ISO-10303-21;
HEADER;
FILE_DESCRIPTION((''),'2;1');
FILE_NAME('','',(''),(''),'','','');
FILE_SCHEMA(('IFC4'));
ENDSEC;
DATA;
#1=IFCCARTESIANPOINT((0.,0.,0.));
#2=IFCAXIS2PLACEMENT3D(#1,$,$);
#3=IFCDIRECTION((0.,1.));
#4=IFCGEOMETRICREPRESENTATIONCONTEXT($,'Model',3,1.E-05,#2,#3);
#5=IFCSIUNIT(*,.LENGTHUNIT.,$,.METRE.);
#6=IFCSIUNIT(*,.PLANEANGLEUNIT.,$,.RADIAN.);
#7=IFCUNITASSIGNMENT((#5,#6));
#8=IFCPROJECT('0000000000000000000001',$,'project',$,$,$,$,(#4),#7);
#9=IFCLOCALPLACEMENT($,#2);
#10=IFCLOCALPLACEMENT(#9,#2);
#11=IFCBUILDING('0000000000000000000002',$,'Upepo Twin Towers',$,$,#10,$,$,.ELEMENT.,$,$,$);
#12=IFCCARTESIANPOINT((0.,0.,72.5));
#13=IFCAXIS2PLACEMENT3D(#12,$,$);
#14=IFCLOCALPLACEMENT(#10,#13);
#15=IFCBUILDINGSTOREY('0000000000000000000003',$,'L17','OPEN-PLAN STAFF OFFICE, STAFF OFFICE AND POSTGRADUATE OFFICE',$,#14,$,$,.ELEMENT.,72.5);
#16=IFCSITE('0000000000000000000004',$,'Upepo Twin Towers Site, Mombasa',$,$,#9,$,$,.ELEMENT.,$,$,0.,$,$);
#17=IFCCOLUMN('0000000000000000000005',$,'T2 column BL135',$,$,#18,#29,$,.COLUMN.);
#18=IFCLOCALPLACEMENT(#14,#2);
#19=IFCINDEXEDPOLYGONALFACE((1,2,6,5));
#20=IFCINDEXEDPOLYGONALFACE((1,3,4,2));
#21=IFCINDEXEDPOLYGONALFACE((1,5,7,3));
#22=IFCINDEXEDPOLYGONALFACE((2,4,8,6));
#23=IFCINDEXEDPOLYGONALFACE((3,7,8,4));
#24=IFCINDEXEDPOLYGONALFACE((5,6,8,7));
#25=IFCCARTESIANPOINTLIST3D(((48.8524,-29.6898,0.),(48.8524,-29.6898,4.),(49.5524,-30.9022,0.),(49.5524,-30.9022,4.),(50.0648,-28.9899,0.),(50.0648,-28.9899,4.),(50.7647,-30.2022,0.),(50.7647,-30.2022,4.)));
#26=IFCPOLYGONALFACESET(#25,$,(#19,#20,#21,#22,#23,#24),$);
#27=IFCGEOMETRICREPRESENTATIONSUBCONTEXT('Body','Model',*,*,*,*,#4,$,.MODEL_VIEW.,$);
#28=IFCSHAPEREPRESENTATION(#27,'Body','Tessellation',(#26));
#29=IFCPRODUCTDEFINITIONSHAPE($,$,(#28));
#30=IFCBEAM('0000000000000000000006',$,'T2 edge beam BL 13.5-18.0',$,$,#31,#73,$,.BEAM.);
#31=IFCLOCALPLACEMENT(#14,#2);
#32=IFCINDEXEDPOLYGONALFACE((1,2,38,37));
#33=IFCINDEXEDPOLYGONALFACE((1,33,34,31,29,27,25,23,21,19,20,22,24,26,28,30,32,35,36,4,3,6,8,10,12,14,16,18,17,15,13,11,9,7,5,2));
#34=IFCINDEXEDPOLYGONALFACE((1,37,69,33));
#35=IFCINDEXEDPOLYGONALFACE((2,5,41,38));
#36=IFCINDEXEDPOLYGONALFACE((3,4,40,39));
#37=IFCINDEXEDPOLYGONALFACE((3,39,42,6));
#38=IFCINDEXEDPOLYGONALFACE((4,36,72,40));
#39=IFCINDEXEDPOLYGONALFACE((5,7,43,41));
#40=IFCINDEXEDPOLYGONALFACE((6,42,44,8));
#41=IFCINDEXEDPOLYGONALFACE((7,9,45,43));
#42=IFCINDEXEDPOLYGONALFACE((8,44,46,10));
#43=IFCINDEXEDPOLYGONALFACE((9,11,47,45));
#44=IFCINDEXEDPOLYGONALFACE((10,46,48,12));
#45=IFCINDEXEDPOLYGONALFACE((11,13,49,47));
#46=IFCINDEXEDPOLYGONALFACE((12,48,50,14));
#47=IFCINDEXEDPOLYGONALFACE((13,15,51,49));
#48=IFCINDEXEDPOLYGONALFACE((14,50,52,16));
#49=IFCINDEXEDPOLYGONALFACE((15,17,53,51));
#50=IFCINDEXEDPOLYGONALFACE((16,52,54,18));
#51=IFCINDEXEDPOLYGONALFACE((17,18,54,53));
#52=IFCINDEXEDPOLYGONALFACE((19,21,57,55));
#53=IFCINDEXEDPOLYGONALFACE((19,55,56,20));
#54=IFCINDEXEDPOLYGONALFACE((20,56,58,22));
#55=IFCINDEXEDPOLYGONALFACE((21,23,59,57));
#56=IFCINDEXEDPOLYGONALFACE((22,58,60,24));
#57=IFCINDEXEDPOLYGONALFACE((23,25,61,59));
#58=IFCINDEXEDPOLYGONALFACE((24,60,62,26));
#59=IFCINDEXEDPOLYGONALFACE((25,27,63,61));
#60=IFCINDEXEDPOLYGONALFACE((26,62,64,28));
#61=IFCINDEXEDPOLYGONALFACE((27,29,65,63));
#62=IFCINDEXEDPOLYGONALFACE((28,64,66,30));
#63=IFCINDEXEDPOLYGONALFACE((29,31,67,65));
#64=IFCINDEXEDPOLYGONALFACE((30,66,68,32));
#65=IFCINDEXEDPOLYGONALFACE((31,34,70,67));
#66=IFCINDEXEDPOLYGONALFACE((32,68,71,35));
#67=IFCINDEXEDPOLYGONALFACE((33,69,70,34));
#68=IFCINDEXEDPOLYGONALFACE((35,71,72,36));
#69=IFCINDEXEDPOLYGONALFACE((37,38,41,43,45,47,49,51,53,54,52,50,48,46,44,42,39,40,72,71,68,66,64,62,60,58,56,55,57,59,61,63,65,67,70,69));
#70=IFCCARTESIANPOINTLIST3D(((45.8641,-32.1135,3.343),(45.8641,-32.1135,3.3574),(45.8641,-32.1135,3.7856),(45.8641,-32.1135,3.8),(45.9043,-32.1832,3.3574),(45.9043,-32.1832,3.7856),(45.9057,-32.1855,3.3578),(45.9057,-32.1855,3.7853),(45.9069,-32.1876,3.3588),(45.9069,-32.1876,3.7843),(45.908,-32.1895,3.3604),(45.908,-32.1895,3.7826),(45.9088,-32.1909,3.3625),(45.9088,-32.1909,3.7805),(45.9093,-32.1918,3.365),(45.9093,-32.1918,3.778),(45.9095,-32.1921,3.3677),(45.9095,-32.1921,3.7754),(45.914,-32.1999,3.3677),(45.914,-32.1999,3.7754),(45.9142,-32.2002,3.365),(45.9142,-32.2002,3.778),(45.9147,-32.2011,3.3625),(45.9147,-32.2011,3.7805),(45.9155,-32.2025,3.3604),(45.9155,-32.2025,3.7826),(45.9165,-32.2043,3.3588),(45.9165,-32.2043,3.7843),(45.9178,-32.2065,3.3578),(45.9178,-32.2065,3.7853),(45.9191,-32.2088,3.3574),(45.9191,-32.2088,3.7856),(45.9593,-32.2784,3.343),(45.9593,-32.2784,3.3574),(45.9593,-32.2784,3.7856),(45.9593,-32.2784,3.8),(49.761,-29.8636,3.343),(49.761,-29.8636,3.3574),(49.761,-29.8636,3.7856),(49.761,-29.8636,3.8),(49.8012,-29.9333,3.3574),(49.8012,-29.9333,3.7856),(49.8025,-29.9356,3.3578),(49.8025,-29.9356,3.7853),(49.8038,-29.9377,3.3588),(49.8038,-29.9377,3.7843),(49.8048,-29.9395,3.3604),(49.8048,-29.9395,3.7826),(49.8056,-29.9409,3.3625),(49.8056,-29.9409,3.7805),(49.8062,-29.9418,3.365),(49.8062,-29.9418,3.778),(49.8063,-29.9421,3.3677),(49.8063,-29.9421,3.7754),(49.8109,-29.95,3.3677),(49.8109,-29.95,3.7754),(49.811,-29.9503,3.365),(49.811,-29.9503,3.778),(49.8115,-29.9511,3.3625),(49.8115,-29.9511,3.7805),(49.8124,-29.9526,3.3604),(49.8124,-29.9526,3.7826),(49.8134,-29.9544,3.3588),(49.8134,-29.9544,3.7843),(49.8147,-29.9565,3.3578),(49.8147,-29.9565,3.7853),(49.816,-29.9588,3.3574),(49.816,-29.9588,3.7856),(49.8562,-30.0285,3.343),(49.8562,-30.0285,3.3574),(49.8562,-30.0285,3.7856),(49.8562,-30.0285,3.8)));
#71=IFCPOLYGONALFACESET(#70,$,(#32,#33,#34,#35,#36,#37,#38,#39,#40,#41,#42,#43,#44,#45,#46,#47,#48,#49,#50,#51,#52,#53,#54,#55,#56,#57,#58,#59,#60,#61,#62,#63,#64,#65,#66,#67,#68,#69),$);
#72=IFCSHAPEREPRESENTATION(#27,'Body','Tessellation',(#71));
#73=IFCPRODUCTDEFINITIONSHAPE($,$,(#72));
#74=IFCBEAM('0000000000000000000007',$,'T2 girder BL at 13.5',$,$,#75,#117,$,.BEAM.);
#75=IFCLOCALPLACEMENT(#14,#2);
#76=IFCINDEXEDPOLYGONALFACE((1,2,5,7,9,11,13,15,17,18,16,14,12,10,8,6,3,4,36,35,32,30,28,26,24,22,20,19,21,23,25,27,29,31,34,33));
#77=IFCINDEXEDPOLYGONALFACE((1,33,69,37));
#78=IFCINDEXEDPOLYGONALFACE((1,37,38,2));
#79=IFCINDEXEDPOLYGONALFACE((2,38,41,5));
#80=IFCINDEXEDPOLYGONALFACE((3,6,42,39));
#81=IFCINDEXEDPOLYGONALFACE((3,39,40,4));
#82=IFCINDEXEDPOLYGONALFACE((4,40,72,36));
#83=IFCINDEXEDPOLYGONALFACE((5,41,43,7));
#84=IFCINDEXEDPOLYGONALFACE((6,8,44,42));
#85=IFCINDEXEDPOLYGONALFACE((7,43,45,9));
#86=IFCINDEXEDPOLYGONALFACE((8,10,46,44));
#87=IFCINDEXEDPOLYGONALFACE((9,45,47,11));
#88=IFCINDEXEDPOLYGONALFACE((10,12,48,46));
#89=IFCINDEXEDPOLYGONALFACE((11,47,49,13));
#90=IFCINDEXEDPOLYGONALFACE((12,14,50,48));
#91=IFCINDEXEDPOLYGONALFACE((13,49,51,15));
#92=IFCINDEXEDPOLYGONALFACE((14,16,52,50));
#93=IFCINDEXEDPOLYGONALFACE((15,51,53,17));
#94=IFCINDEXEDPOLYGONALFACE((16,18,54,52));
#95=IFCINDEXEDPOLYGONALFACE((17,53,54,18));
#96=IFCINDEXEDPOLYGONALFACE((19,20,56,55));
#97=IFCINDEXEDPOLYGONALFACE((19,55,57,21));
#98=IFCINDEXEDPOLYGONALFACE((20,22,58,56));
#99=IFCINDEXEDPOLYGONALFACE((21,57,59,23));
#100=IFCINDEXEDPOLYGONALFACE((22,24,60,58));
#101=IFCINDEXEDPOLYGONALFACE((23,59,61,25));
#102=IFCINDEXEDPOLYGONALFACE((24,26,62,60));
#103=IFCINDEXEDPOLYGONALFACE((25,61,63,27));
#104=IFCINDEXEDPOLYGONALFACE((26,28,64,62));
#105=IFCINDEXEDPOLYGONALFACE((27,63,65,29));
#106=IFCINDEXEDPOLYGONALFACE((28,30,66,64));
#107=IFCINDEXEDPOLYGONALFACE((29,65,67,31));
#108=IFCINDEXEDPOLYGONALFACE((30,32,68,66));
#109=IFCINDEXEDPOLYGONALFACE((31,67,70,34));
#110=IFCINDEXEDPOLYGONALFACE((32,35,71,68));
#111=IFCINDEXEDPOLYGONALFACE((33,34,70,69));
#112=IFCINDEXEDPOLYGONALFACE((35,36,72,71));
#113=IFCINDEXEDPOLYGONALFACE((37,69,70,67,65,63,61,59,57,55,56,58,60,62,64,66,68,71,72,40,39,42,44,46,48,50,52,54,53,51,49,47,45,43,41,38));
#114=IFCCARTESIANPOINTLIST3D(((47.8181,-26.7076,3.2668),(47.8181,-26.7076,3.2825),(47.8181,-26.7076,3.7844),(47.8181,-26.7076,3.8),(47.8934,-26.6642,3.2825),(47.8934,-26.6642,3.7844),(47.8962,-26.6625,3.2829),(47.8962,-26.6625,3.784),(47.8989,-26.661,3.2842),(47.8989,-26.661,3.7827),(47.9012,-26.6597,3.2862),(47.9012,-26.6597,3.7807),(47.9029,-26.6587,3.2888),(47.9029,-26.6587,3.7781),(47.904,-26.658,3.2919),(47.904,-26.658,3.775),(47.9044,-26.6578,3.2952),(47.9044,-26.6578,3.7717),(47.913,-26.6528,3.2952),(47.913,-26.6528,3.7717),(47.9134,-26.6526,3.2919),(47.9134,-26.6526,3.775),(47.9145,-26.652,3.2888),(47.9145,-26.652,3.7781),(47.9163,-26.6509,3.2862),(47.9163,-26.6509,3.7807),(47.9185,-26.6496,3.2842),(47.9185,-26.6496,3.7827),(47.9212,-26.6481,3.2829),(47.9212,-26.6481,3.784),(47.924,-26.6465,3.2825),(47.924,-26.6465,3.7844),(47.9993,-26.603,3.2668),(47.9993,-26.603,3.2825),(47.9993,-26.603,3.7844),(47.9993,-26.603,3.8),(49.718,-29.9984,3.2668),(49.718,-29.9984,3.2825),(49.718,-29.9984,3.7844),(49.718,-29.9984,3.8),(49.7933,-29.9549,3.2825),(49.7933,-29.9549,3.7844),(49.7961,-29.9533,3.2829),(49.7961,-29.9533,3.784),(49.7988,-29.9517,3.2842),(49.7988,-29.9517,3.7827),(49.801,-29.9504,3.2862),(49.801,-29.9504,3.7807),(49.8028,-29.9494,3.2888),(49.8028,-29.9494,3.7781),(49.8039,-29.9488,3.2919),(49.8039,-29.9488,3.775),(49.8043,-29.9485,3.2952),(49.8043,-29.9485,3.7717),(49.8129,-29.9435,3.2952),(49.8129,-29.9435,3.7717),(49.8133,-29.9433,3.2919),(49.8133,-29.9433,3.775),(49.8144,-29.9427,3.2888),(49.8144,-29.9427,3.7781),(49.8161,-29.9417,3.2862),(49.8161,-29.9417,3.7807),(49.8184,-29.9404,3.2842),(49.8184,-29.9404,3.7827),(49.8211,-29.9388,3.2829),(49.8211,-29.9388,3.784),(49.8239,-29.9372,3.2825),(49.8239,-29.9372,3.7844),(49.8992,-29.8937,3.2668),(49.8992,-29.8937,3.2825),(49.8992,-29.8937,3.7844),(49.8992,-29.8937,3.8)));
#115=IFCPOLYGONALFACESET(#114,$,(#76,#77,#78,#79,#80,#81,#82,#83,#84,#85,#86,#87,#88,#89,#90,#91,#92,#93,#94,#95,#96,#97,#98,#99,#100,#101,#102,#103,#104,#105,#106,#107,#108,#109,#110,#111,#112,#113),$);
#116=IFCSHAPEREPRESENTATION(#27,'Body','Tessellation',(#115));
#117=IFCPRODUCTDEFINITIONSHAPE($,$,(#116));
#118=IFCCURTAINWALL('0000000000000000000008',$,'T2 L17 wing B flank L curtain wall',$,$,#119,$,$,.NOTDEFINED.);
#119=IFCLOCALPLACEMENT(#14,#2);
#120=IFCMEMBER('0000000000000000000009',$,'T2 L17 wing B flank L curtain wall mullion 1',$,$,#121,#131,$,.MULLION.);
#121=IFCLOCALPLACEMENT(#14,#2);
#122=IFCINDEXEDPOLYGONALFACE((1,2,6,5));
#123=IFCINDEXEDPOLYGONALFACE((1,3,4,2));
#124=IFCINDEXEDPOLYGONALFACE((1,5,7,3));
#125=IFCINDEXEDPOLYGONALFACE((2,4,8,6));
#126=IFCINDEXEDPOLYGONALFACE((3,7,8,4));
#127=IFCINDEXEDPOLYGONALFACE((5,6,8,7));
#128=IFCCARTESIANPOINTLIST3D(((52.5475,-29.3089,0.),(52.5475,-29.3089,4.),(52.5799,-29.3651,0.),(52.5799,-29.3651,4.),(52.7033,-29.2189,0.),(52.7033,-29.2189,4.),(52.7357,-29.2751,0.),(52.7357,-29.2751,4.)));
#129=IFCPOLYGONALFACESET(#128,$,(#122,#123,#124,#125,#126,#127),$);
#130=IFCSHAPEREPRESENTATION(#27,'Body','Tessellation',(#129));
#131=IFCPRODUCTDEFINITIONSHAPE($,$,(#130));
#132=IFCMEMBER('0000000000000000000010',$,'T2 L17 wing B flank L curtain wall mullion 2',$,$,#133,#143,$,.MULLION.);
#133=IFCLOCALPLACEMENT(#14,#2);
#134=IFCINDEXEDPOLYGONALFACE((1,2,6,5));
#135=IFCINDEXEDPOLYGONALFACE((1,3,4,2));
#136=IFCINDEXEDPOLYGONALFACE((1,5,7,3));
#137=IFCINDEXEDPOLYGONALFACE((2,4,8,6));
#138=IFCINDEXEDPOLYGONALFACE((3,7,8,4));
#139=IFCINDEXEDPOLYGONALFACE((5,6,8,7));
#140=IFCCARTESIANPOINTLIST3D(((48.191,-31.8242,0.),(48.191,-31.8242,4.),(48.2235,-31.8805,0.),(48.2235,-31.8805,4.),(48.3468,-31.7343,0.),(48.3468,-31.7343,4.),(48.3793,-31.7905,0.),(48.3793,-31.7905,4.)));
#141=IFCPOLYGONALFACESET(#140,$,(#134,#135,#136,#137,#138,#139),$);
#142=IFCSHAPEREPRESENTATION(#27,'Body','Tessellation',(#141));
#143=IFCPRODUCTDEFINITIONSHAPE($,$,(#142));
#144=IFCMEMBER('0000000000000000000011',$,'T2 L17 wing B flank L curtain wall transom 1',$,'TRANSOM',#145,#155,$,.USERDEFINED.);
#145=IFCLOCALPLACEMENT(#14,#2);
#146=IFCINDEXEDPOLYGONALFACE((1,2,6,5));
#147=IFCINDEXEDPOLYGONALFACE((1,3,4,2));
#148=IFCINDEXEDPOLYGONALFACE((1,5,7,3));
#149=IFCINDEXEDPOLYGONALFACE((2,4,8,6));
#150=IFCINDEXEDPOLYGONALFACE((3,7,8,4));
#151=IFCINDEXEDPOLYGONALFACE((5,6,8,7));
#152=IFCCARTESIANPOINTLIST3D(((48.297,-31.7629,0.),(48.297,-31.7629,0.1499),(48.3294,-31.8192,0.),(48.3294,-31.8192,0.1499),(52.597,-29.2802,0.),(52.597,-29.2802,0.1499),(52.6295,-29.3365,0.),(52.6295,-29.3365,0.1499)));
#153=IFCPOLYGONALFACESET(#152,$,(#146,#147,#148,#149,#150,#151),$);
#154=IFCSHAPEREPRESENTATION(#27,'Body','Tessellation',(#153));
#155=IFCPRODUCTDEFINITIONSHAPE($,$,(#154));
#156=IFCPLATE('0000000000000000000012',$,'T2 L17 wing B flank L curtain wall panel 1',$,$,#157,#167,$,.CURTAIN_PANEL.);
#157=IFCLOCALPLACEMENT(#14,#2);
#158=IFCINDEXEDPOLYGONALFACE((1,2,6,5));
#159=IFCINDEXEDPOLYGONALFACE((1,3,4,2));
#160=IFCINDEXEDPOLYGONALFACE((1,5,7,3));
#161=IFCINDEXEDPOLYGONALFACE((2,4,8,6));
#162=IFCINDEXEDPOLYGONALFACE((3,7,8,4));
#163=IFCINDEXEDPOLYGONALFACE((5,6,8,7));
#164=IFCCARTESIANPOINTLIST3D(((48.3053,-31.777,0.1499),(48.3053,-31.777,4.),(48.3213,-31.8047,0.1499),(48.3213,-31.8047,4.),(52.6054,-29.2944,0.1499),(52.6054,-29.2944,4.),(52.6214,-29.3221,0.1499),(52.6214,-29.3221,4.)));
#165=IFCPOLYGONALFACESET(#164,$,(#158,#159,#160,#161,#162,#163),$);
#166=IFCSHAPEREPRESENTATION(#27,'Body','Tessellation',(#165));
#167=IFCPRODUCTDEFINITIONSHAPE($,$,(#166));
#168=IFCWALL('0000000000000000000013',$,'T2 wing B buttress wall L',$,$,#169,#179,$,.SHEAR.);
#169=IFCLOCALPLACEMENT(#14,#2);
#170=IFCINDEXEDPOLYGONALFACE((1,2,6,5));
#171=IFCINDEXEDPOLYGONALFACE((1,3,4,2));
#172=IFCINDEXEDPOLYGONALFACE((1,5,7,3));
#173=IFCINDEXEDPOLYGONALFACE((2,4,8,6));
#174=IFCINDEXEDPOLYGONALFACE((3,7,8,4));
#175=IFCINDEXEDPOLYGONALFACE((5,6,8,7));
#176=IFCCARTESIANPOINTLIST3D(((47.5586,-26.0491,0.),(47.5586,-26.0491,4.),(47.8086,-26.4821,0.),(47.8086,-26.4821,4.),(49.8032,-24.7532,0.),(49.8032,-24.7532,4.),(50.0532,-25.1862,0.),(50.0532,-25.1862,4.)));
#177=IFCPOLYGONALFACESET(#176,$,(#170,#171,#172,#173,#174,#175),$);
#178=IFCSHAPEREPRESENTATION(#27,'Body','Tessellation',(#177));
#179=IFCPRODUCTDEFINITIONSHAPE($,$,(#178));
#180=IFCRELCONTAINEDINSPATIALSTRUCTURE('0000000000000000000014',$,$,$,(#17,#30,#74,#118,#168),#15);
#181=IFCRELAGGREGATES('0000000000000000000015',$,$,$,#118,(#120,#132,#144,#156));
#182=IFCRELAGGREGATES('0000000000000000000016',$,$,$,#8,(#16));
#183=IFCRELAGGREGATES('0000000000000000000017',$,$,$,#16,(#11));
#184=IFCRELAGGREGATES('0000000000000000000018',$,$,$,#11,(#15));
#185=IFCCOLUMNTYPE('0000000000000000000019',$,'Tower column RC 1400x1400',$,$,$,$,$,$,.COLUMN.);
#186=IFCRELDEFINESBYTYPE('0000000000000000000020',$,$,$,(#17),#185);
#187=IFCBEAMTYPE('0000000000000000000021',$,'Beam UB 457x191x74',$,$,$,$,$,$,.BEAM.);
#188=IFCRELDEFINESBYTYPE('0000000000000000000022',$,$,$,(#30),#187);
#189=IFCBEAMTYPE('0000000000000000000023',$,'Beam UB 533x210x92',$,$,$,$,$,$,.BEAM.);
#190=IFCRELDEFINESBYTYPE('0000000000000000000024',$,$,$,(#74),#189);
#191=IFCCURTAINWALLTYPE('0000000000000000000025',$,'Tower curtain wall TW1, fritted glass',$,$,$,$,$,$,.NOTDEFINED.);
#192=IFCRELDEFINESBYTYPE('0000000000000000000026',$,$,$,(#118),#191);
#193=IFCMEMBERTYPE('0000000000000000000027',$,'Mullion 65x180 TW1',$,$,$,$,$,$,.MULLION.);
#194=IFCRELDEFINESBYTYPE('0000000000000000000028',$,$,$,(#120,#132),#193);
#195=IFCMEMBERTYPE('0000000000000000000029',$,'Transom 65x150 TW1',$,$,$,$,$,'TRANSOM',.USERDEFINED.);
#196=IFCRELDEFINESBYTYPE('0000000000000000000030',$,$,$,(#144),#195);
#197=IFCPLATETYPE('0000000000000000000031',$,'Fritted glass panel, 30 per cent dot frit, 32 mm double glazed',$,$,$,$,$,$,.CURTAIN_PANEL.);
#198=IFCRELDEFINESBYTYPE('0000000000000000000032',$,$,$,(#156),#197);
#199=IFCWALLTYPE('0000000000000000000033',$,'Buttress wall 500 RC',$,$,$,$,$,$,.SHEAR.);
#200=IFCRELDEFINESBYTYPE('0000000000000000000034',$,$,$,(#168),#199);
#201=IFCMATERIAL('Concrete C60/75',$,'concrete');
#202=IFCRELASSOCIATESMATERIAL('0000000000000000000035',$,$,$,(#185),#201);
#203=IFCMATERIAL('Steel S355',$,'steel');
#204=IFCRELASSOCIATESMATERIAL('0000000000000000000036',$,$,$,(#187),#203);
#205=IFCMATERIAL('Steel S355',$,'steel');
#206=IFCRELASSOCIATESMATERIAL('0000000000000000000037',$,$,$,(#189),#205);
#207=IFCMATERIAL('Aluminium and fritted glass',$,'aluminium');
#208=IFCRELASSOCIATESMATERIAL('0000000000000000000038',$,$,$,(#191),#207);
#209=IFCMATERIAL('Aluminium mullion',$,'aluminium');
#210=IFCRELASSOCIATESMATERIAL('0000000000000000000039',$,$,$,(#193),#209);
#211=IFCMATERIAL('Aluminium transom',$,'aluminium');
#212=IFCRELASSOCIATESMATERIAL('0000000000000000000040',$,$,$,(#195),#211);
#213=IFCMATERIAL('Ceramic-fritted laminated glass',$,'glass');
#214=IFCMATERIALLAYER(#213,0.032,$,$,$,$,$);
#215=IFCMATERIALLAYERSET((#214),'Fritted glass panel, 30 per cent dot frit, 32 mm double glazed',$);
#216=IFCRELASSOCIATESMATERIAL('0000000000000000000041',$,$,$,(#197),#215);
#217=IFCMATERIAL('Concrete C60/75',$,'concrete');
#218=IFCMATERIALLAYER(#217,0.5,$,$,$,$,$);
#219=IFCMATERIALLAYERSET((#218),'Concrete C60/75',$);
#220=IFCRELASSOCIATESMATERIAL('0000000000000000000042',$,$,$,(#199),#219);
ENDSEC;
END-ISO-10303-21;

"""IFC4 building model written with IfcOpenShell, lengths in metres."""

from ifc_helpers import new_model, si_unit, direction, frame, frame_2d, origin, origin_2d, place, context, subcontext, project, spatial, rectangle, i_section, extrude, material, layer, layer_set, material_profile, profile_set, type_object, element, aggregate, save


model = new_model("IFC4")

# Units and contexts
model_context = context("Model", 3, precision=1e-05, world=origin(), true_north=direction((0.0, 1.0)))
body_context = subcontext(model_context, "Body", "Model", "MODEL_VIEW")
ifc_project = project(units=[si_unit("LENGTHUNIT", "METRE"), si_unit("PLANEANGLEUNIT", "RADIAN")], contexts=[model_context])

# Site, building, storey
site_placement = place(None, origin())
site = spatial("IfcSite", under=ifc_project, at=site_placement, Name="Upepo Twin Towers Site, Mombasa", CompositionType="ELEMENT", RefElevation=0.0)
building_placement = place(site_placement, origin())
building = spatial("IfcBuilding", under=site, at=building_placement, Name="Upepo Twin Towers", CompositionType="ELEMENT")
storey_placement = place(building_placement, frame((0.0, 0.0, 72.5)))
storey = spatial("IfcBuildingStorey", under=building, at=storey_placement, Name="L17", Description="OPEN-PLAN STAFF OFFICE, STAFF OFFICE AND POSTGRADUATE OFFICE", CompositionType="ELEMENT", Elevation=72.5)

# Column
ifc_material_1 = material(Name="Concrete C60/75", Category="concrete")
ifc_material_profile_1 = material_profile(ifc_material_1, rectangle(XDim=1.3999, YDim=1.3999, at=origin_2d()), Name="RC 1400x1400")
ifc_profile_set_1 = profile_set([ifc_material_profile_1], Name="Concrete C60/75")
column_type = type_object("IfcColumnType", Name="Tower column RC 1400x1400", PredefinedType="COLUMN", material=ifc_profile_set_1)
column_placement = place(storey_placement, frame((49.8086, -29.946, 0.0), z_axis=(0.0, 0.0, 1.0), x_axis=(0.866025, 0.5, 0.0)))
element("IfcColumn", 1, at=column_placement, inside=storey, type_object=column_type, Name="T2 column BL135", PredefinedType="COLUMN", context=body_context, shape_type="SweptSolid", body=[
    extrude(rectangle(XDim=1.3999, YDim=1.3999, at=origin_2d()), origin(), (0.0, 0.0, 1.0), 4.0),
])

# Beams
ifc_material_2 = material(Name="Steel S355", Category="steel")
ifc_material_profile_2 = material_profile(ifc_material_2, i_section(OverallWidth=0.1904, OverallDepth=0.457, WebThickness=0.009, FlangeThickness=0.0144, FilletRadius=0.0103, at=origin_2d()), Name="UB 457x191x74")
ifc_profile_set_2 = profile_set([ifc_material_profile_2], Name="Steel S355")
beam_type_1 = type_object("IfcBeamType", Name="Beam UB 457x191x74", PredefinedType="BEAM", material=ifc_profile_set_2)
beam_1_placement = place(storey_placement, frame((49.8086, -29.946, 3.5715), z_axis=(-0.866018, -0.500014, 0.0), x_axis=(0.500014, -0.866018, 0.0)))
element("IfcBeam", 2, at=beam_1_placement, inside=storey, type_object=beam_type_1, Name="T2 edge beam BL 13.5-18.0", PredefinedType="BEAM", context=body_context, shape_type="SweptSolid", body=[
    extrude(i_section(OverallWidth=0.1904, OverallDepth=0.457, WebThickness=0.009, FlangeThickness=0.0144, FilletRadius=0.0103, at=origin_2d()), origin(), (0.0, 0.0, 1.0), 4.4998),
])
ifc_material_3 = material(Name="Steel S355", Category="steel")
ifc_material_profile_3 = material_profile(ifc_material_3, i_section(OverallWidth=0.2092, OverallDepth=0.5332, WebThickness=0.01, FlangeThickness=0.0156, FilletRadius=0.0127, at=origin_2d()), Name="UB 533x210x92")
ifc_profile_set_3 = profile_set([ifc_material_profile_3], Name="Steel S355")
beam_type_2 = type_object("IfcBeamType", Name="Beam UB 533x210x92", PredefinedType="BEAM", material=ifc_profile_set_3)
beam_2_placement = place(storey_placement, frame((49.8086, -29.946, 3.5334), z_axis=(-0.499995, 0.866028, 0.0), x_axis=(-0.866028, -0.499995, 0.0)))
element("IfcBeam", 3, at=beam_2_placement, inside=storey, type_object=beam_type_2, Name="T2 girder BL at 13.5", PredefinedType="BEAM", context=body_context, shape_type="SweptSolid", body=[
    extrude(i_section(OverallWidth=0.2092, OverallDepth=0.5332, WebThickness=0.01, FlangeThickness=0.0156, FilletRadius=0.0127, at=origin_2d()), origin(), (0.0, 0.0, 1.0), 3.7998),
])

# Curtain wall, members, plate
ifc_material_4 = material(Name="Aluminium and fritted glass", Category="aluminium")
curtain_wall_type = type_object("IfcCurtainWallType", Name="Tower curtain wall TW1, fritted glass", PredefinedType="NOTDEFINED", material=ifc_material_4)
curtain_wall_placement = place(storey_placement, origin())
curtain_wall = element("IfcCurtainWall", 4, at=curtain_wall_placement, inside=storey, type_object=curtain_wall_type, Name="T2 L17 wing B flank L curtain wall", PredefinedType="NOTDEFINED")
ifc_material_5 = material(Name="Aluminium mullion", Category="aluminium")
ifc_material_profile_4 = material_profile(ifc_material_5, rectangle(XDim=0.0649, YDim=0.1799, at=origin_2d()), Name="MULLION 65x180")
ifc_profile_set_4 = profile_set([ifc_material_profile_4], Name="Aluminium mullion")
member_type_1 = type_object("IfcMemberType", Name="Mullion 65x180 TW1", PredefinedType="MULLION", material=ifc_profile_set_4)
member_1_placement = place(storey_placement, frame((52.6416, -29.292, 0.0), z_axis=(0.0, 0.0, 1.0), x_axis=(0.5, -0.866025, 0.0)))
member_1 = element("IfcMember", 5, at=member_1_placement, type_object=member_type_1, Name="T2 L17 wing B flank L curtain wall mullion 1", PredefinedType="MULLION", context=body_context, shape_type="SweptSolid", body=[
    extrude(rectangle(XDim=0.0649, YDim=0.1799, at=origin_2d()), origin(), (0.0, 0.0, 1.0), 4.0),
])
member_2_placement = place(storey_placement, frame((48.2852, -31.8074, 0.0), z_axis=(0.0, 0.0, 1.0), x_axis=(0.5, -0.866025, 0.0)))
member_2 = element("IfcMember", 6, at=member_2_placement, type_object=member_type_1, Name="T2 L17 wing B flank L curtain wall mullion 2", PredefinedType="MULLION", context=body_context, shape_type="SweptSolid", body=[
    extrude(rectangle(XDim=0.0649, YDim=0.1799, at=origin_2d()), origin(), (0.0, 0.0, 1.0), 4.0),
])
ifc_material_6 = material(Name="Aluminium transom", Category="aluminium")
ifc_material_profile_5 = material_profile(ifc_material_6, rectangle(XDim=0.0649, YDim=0.1499, at=origin_2d()), Name="TRANSOM 65x150")
ifc_profile_set_5 = profile_set([ifc_material_profile_5], Name="Aluminium transom")
member_type_2 = type_object("IfcMemberType", Name="Transom 65x150 TW1", ElementType="TRANSOM", PredefinedType="USERDEFINED", material=ifc_profile_set_5)
member_3_placement = place(storey_placement, frame((52.6133, -29.3083, 0.075), z_axis=(-0.866023, -0.500005, 0.0), x_axis=(0.500005, -0.866023, 0.0)))
member_3 = element("IfcMember", 7, at=member_3_placement, type_object=member_type_2, Name="T2 L17 wing B flank L curtain wall transom 1", ObjectType="TRANSOM", PredefinedType="USERDEFINED", context=body_context, shape_type="SweptSolid", body=[
    extrude(rectangle(XDim=0.0649, YDim=0.1499, at=origin_2d()), origin(), (0.0, 0.0, 1.0), 4.9653),
])
ifc_material_7 = material(Name="Ceramic-fritted laminated glass", Category="glass")
ifc_layer_1 = layer(ifc_material_7, 0.032)
ifc_layer_set_1 = layer_set([ifc_layer_1], Name="Fritted glass panel, 30 per cent dot frit, 32 mm double glazed")
plate_type = type_object("IfcPlateType", Name="Fritted glass panel, 30 per cent dot frit, 32 mm double glazed", PredefinedType="CURTAIN_PANEL", material=ifc_layer_set_1)
plate_placement = place(storey_placement, frame((50.4634, -30.5496, 0.1499), z_axis=(0.0, 0.0, 1.0), x_axis=(-0.866025, -0.5, 0.0)))
plate = element("IfcPlate", 8, at=plate_placement, type_object=plate_type, Name="T2 L17 wing B flank L curtain wall panel 1", PredefinedType="CURTAIN_PANEL", context=body_context, shape_type="SweptSolid", body=[
    extrude(rectangle(XDim=4.9653, YDim=0.032, at=origin_2d()), origin(), (0.0, 0.0, 1.0), 3.8501),
])
aggregate(curtain_wall, [member_1, member_2, member_3, plate])

# Wall
ifc_material_8 = material(Name="Concrete C60/75", Category="concrete")
ifc_layer_2 = layer(ifc_material_8, 0.5)
ifc_layer_set_2 = layer_set([ifc_layer_2], Name="Concrete C60/75")
wall_type_1 = type_object("IfcWallType", Name="Buttress wall 500 RC", PredefinedType="SHEAR", material=ifc_layer_set_2)
wall_1_placement = place(storey_placement, frame((49.9282, -24.9697, 0.0), z_axis=(0.0, 0.0, 1.0), x_axis=(-0.866032, -0.499989, 0.0)))
element("IfcWall", 9, at=wall_1_placement, inside=storey, type_object=wall_type_1, Name="T2 wing B buttress wall L", PredefinedType="SHEAR", context=body_context, shape_type="SweptSolid", body=[
    extrude(rectangle(XDim=2.5918, YDim=0.5, at=frame_2d((1.2959, 0.0))), origin(), (0.0, 0.0, 1.0), 4.0),
])

save(model, "model.ifc")
